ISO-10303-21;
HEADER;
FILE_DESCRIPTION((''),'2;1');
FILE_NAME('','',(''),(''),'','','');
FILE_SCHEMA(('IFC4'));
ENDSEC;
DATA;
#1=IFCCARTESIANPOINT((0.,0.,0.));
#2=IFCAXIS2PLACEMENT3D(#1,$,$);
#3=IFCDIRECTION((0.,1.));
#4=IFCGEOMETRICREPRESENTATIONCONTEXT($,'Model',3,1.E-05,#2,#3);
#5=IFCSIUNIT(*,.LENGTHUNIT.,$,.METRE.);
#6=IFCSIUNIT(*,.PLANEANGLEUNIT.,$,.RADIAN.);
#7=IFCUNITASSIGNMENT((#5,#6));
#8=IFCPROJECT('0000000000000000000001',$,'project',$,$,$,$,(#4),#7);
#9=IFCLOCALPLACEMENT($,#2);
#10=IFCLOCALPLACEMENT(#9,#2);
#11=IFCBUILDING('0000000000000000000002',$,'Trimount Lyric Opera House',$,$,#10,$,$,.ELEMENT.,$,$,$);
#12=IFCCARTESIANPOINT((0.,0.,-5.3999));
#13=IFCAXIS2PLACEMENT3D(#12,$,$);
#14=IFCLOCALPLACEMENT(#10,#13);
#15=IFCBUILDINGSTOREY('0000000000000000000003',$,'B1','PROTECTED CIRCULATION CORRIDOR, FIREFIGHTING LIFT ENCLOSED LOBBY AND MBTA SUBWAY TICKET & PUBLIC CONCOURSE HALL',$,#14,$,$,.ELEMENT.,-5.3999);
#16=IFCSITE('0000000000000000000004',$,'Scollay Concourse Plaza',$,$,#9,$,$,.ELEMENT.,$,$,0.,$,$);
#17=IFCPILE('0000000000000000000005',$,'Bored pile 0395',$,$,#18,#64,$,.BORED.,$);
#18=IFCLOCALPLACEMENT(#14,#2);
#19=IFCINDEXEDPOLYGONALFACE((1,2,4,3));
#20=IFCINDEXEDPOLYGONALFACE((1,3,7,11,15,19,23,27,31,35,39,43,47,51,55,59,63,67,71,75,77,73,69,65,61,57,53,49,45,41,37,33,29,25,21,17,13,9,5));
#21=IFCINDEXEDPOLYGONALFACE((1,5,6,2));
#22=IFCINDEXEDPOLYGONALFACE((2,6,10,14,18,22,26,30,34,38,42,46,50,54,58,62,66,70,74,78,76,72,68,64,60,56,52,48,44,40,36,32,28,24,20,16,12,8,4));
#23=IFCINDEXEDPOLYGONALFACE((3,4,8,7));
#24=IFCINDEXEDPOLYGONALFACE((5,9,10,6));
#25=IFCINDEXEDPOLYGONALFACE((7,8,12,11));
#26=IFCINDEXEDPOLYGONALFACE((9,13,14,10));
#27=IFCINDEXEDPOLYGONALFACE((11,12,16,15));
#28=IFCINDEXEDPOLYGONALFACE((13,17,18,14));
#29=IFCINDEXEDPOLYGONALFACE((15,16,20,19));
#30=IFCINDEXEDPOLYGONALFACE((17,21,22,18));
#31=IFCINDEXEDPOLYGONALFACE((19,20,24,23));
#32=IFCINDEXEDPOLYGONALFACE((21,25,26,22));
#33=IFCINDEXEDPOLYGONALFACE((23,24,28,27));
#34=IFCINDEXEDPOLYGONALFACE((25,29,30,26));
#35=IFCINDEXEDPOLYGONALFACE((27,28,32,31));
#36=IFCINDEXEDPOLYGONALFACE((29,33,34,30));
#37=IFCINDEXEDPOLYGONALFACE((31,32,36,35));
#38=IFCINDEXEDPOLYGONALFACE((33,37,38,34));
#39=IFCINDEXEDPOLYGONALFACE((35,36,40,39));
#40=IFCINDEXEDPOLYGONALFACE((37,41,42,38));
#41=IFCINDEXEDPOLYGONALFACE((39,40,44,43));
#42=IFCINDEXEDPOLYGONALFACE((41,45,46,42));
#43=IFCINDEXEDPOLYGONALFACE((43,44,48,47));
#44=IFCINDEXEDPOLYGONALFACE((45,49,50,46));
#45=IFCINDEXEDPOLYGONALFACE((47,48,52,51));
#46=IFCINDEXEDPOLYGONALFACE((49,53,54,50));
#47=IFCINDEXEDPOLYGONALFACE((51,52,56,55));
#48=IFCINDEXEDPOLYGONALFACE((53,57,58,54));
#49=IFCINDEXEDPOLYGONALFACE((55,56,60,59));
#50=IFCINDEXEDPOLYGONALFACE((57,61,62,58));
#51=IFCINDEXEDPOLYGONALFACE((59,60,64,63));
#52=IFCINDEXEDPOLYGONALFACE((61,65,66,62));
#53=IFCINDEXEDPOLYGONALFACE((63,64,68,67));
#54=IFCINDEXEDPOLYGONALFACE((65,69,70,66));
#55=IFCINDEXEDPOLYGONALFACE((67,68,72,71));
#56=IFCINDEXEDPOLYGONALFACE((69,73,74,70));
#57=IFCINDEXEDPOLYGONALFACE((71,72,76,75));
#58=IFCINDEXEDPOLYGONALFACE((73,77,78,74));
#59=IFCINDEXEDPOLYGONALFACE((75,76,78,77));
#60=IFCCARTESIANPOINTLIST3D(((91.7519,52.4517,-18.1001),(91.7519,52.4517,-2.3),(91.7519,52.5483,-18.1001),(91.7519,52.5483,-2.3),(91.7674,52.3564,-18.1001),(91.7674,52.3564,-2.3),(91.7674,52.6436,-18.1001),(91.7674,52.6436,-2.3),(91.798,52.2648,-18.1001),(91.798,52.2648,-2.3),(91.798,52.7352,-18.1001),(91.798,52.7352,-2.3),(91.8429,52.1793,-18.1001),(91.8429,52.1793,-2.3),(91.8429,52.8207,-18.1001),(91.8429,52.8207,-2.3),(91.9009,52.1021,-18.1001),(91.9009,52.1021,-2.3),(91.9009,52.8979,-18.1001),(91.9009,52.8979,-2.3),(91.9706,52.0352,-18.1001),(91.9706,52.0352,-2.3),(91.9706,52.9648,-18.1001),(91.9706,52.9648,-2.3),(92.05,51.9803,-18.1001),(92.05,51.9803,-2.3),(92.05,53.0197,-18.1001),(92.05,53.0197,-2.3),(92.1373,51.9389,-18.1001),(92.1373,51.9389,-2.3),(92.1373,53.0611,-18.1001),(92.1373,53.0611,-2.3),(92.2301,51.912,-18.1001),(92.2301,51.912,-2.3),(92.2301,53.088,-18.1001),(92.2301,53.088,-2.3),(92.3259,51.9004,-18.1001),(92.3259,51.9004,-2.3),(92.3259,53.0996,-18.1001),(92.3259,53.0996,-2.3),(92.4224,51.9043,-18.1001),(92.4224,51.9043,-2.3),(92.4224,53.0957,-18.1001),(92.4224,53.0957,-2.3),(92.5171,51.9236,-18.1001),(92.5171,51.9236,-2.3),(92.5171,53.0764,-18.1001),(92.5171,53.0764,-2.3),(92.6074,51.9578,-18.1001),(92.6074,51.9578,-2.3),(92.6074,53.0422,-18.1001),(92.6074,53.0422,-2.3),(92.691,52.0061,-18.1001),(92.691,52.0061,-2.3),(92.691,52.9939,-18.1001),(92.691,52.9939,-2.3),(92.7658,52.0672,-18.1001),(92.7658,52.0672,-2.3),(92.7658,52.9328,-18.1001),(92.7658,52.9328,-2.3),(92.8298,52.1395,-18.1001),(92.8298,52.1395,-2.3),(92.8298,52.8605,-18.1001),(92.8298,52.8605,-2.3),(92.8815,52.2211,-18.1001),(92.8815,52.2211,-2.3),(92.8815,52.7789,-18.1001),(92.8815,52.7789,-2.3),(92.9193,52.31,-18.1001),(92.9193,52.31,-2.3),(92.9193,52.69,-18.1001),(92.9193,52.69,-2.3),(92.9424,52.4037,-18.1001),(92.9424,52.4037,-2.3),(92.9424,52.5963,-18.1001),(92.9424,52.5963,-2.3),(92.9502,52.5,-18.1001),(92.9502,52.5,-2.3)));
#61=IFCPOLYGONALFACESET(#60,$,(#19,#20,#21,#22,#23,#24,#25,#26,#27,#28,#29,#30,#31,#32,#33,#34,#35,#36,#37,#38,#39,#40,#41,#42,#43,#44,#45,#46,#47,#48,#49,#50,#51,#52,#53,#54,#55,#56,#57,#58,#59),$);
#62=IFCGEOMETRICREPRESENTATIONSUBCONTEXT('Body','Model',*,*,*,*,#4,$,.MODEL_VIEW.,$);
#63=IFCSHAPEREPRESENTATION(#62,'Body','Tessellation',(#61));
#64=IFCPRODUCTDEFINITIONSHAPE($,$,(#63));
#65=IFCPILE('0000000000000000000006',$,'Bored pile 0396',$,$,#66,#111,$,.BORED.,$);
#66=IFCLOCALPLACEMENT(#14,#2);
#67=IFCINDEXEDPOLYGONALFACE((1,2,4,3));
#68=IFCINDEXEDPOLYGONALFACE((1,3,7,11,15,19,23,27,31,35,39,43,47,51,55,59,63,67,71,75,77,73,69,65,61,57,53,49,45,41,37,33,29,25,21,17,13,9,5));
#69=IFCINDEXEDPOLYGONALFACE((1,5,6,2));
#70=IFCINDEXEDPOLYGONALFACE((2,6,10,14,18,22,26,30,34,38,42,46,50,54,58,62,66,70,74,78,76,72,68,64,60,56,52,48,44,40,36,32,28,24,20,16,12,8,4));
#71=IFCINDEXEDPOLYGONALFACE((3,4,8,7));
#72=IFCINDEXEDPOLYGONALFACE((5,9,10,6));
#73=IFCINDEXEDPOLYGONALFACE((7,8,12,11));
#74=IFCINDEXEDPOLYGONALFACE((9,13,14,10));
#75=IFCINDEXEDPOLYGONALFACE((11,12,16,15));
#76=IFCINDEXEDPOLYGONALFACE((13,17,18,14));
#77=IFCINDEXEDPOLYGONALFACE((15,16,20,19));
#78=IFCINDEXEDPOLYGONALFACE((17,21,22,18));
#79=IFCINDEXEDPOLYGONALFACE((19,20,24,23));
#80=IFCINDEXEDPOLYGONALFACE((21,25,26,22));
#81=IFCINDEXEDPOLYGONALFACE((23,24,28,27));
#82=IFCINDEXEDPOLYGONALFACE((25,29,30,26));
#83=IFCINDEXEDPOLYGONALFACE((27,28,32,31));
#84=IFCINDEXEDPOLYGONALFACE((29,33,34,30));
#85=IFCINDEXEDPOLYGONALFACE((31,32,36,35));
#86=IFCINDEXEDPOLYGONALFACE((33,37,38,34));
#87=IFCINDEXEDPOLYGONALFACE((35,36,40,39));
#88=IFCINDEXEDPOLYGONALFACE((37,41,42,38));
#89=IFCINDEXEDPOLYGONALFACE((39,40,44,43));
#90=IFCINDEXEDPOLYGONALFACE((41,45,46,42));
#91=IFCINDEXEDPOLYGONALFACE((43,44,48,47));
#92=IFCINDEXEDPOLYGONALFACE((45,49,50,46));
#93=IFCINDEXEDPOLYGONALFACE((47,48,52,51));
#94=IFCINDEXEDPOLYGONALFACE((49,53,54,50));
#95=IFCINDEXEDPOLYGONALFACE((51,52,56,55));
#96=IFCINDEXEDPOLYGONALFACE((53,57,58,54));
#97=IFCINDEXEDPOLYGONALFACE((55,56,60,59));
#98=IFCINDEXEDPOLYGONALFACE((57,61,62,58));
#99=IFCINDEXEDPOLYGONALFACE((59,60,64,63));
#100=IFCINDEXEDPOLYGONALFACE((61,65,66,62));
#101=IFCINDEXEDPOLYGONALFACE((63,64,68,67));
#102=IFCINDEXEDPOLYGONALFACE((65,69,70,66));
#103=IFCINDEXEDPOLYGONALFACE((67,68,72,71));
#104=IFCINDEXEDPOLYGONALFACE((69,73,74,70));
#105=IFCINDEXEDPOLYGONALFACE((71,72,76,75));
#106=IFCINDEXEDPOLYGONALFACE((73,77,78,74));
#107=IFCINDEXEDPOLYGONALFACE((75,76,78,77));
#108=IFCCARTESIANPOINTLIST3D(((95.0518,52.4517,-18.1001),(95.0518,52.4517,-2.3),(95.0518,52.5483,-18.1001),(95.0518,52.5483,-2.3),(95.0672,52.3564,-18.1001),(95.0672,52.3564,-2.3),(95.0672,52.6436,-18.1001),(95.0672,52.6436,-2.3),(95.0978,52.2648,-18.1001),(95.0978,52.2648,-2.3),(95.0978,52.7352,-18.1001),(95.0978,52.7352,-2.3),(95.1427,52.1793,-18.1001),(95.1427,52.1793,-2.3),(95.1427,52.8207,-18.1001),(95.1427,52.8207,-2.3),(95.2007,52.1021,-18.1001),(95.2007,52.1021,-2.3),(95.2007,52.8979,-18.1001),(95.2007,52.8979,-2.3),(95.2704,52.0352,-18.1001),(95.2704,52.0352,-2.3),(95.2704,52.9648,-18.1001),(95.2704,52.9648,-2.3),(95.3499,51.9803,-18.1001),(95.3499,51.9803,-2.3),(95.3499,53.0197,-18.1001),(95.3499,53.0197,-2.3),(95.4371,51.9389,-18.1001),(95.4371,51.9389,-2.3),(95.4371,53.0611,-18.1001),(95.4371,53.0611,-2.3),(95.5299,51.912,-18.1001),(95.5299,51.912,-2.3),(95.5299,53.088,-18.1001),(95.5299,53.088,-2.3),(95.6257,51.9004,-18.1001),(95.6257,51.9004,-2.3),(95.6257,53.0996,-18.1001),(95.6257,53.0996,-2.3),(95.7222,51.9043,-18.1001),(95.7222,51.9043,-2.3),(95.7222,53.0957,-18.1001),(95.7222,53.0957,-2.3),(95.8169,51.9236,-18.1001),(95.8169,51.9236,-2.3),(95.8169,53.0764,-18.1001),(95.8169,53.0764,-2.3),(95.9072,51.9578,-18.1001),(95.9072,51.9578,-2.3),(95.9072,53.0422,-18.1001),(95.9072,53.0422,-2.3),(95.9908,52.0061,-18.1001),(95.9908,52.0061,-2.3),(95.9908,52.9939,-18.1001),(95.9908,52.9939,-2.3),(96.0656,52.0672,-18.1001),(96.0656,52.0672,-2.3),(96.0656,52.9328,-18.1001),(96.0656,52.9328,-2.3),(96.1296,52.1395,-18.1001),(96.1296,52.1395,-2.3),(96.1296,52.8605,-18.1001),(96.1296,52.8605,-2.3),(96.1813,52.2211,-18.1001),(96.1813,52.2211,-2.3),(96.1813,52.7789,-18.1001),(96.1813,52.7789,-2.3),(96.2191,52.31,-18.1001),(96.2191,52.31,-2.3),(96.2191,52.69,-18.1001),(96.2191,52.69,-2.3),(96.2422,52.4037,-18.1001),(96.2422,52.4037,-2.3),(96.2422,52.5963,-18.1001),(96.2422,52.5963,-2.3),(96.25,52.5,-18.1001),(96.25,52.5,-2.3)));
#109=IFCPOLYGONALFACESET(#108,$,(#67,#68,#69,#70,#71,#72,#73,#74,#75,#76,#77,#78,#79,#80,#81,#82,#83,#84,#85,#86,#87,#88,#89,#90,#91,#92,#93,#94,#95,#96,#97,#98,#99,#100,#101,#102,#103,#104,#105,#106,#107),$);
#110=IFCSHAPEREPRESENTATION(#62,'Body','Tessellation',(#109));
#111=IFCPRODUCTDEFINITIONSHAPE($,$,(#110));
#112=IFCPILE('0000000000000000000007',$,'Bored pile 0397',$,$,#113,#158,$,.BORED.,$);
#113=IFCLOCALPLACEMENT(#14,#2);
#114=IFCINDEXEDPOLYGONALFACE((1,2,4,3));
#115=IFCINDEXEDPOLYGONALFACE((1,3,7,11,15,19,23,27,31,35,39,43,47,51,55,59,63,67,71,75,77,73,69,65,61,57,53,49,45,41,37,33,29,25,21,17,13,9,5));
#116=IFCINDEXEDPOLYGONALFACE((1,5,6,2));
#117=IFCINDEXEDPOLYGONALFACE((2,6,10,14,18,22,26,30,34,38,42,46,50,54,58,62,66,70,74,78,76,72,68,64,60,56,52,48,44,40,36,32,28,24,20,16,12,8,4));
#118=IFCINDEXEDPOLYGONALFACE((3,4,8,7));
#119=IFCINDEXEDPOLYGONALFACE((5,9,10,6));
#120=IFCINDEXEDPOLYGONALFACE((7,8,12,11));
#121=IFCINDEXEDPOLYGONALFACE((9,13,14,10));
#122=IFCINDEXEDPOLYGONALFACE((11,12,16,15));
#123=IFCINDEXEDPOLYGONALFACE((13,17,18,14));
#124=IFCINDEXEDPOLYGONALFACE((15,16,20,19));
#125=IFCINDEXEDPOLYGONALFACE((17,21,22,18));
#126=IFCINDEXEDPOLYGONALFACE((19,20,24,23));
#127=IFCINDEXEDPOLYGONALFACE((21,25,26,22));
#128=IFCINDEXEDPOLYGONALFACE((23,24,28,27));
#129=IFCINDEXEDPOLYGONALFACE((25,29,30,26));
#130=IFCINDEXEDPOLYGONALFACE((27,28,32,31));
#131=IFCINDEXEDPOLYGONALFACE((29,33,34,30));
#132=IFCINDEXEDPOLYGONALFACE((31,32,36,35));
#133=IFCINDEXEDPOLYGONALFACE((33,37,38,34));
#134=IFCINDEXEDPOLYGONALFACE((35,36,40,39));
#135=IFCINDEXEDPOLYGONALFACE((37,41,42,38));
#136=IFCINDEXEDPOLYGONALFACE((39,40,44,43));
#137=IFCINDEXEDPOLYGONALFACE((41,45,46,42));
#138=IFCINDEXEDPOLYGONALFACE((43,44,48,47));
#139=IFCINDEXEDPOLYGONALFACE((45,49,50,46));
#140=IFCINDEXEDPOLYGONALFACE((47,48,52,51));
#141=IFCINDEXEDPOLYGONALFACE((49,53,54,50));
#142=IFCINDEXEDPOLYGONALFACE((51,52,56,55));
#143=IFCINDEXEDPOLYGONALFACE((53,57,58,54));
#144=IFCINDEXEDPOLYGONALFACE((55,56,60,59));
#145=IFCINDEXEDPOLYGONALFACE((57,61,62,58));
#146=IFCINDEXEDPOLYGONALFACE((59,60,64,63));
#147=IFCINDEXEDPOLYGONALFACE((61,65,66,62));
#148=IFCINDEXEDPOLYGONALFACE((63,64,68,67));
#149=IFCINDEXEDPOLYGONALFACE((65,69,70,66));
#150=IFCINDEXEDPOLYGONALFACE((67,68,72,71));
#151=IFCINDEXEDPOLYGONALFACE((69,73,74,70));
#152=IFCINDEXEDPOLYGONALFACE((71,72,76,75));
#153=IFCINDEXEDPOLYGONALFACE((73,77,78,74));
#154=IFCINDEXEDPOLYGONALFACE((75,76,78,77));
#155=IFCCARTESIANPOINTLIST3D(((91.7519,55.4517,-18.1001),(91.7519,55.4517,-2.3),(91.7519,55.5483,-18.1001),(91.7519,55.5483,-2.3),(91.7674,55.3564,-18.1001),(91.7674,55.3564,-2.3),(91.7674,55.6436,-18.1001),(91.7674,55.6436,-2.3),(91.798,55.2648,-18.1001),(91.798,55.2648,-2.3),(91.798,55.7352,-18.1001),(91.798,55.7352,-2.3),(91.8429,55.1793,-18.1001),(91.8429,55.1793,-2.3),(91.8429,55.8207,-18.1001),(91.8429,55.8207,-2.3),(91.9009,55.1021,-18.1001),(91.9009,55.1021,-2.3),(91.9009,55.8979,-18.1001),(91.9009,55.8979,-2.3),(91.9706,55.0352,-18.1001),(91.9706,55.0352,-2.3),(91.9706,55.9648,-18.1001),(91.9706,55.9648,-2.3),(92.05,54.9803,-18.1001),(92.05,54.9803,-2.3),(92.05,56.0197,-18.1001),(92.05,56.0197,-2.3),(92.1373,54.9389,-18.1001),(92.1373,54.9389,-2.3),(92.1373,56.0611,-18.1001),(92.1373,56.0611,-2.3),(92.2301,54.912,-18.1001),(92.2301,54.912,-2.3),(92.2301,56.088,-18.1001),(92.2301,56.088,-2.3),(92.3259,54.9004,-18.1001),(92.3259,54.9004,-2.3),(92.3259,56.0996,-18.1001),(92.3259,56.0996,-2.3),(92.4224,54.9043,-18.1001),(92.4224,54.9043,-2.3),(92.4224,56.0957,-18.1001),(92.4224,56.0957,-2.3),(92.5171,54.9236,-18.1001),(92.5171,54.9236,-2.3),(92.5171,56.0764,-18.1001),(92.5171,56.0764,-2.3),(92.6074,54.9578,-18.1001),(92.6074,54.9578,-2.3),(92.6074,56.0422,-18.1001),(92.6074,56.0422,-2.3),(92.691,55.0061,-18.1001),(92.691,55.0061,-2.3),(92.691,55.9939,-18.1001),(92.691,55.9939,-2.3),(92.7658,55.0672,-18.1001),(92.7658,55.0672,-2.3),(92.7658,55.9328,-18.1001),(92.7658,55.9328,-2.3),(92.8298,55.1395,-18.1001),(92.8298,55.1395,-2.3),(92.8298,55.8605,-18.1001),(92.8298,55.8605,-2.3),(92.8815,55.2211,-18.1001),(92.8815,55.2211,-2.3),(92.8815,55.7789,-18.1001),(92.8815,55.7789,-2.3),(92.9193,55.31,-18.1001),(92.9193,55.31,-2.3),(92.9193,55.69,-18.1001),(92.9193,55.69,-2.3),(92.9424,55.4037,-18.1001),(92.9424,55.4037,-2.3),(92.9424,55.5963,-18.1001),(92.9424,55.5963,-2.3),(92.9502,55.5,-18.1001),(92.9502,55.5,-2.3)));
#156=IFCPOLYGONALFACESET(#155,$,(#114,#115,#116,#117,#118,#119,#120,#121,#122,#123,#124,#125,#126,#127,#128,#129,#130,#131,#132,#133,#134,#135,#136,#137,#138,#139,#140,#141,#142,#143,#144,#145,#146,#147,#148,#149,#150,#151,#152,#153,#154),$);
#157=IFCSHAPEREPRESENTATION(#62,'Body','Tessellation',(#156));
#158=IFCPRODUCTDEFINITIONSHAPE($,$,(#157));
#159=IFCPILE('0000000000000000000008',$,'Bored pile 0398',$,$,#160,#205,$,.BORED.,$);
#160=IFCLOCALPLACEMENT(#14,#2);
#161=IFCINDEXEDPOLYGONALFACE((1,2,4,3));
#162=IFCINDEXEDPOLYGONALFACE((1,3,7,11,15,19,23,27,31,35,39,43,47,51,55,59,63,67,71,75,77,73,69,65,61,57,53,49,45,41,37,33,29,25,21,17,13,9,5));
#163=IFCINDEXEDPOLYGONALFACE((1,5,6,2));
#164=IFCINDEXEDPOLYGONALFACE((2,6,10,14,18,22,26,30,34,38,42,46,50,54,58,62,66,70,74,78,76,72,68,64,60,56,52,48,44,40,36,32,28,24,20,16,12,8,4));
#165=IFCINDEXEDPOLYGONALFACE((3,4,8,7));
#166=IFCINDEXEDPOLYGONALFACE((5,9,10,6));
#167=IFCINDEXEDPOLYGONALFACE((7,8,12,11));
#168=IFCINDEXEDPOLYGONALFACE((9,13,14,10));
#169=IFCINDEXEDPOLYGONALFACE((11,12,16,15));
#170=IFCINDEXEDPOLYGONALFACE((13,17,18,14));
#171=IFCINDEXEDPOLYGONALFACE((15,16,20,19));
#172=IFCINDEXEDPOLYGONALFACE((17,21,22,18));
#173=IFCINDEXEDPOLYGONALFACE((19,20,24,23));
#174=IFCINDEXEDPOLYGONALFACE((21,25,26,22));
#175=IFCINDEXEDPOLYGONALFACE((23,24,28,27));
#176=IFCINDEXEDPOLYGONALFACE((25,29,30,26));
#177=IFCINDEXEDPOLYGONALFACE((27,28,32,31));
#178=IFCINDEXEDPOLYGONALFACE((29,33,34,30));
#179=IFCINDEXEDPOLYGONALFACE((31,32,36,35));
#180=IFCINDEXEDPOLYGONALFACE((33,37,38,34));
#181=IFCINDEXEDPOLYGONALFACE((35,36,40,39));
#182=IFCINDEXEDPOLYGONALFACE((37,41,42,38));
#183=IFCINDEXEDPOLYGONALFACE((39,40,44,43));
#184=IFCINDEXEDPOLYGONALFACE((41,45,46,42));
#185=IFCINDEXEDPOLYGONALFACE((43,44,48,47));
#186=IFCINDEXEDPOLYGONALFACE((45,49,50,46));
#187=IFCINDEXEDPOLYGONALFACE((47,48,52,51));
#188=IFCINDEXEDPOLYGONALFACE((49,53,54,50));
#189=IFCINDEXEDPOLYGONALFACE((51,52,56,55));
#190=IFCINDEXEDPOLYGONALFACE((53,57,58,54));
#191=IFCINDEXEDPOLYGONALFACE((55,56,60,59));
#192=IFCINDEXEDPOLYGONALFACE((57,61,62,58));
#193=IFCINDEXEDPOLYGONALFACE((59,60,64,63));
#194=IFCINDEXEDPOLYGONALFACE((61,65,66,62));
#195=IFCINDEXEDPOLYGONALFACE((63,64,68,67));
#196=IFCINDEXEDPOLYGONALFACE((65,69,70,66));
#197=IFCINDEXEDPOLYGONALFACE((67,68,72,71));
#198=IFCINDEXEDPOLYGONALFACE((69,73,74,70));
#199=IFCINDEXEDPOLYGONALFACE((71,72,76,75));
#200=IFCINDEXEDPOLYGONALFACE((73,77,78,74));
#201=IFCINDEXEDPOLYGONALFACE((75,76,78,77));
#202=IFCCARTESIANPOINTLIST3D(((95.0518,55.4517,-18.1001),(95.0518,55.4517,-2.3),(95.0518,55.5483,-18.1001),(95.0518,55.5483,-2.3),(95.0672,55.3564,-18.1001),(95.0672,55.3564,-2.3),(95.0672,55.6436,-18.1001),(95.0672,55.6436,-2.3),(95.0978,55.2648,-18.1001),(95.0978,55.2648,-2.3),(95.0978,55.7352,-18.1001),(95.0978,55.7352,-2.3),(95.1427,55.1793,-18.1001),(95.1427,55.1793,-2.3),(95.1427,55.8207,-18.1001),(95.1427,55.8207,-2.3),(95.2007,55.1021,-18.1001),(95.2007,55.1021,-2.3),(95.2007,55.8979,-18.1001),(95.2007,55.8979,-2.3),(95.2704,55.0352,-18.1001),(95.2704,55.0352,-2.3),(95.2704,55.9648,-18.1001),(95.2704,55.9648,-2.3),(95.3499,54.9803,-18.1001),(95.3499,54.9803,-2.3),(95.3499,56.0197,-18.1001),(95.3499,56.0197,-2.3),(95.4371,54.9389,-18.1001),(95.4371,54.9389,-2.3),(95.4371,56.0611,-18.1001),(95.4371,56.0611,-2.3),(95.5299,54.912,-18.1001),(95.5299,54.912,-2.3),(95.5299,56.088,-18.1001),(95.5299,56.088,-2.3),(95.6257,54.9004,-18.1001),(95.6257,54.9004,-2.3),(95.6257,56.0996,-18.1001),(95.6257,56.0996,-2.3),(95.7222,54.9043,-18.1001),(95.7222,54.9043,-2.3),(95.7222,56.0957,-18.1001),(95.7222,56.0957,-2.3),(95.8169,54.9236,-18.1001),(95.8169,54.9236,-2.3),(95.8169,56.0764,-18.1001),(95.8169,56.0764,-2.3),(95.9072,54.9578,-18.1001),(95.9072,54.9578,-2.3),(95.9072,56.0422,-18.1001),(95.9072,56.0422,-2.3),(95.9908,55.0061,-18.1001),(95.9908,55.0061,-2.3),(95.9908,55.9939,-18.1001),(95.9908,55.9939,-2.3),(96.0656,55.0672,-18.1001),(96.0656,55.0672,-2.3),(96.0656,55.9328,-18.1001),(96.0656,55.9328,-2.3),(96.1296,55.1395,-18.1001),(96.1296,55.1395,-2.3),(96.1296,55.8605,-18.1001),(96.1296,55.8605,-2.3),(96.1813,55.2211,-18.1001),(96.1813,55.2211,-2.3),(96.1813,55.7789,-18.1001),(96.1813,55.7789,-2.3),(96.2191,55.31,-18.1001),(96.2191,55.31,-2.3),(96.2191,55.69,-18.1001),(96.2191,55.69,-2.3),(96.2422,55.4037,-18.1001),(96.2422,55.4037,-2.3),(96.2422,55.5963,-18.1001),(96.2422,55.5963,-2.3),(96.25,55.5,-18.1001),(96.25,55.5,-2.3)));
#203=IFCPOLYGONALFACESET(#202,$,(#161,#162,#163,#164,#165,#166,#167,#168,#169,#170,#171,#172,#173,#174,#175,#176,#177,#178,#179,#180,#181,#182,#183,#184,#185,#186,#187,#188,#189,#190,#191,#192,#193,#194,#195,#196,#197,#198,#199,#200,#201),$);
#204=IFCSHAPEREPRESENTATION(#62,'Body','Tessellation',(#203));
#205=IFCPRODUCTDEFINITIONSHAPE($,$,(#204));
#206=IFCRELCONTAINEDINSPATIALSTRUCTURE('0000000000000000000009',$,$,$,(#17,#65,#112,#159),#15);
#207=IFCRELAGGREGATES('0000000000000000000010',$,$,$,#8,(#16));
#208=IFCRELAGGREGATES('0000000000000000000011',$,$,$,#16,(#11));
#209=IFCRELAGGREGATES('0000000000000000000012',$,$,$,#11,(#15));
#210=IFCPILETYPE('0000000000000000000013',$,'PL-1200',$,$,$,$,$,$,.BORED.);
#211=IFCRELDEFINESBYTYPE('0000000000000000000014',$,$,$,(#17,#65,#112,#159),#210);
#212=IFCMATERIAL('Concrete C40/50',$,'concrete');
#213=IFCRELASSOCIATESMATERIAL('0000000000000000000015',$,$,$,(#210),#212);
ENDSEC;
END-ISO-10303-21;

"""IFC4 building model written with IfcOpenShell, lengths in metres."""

from ifc_helpers import new_model, si_unit, direction, frame, origin, origin_2d, place, context, subcontext, project, spatial, circle, extrude, material, material_profile, profile_set, type_object, element, save


model = new_model("IFC4")

# Units and contexts
model_context = context("Model", 3, precision=1e-05, world=origin(), true_north=direction((0.0, 1.0)))
body_context = subcontext(model_context, "Body", "Model", "MODEL_VIEW")
ifc_project = project(units=[si_unit("LENGTHUNIT", "METRE"), si_unit("PLANEANGLEUNIT", "RADIAN")], contexts=[model_context])

# Site, building, storey
site_placement = place(None, origin())
site = spatial("IfcSite", under=ifc_project, at=site_placement, Name="Scollay Concourse Plaza", CompositionType="ELEMENT", RefElevation=0.0)
building_placement = place(site_placement, origin())
building = spatial("IfcBuilding", under=site, at=building_placement, Name="Trimount Lyric Opera House", CompositionType="ELEMENT")
storey_placement = place(building_placement, frame((0.0, 0.0, -5.3999)))
storey = spatial("IfcBuildingStorey", under=building, at=storey_placement, Name="B1", Description="PROTECTED CIRCULATION CORRIDOR, FIREFIGHTING LIFT ENCLOSED LOBBY AND MBTA SUBWAY TICKET & PUBLIC CONCOURSE HALL", CompositionType="ELEMENT", Elevation=-5.3999)

# Piles
ifc_material_1 = material(Name="Concrete C40/50", Category="concrete")
ifc_material_profile_1 = material_profile(ifc_material_1, circle(Radius=0.6001, at=origin_2d()), Name="PILE-D1200")
ifc_profile_set_1 = profile_set([ifc_material_profile_1], Name="Concrete C40/50")
pile_type = type_object("IfcPileType", Name="PL-1200", PredefinedType="BORED", material=ifc_profile_set_1)
for number, where, z_axis, x_axis, name in (
    (1, (92.3501, 52.5, -2.3), (0.0, 0.0, -1.0), (1.0, 0.0, 0.0), "Bored pile 0395"),
    (2, (95.6499, 52.5, -2.3), (0.0, 0.0, -1.0), (1.0, 0.0, 0.0), "Bored pile 0396"),
    (3, (92.3501, 55.5, -2.3), (0.0, 0.0, -1.0), (1.0, 0.0, 0.0), "Bored pile 0397"),
    (4, (95.6499, 55.5, -2.3), (0.0, 0.0, -1.0), (1.0, 0.0, 0.0), "Bored pile 0398"),
):
    element("IfcPile", number, at=place(storey_placement, frame(where, z_axis=z_axis, x_axis=x_axis)), inside=storey, type_object=pile_type, Name=name, PredefinedType="BORED", context=body_context, shape_type="SweptSolid", body=[
        extrude(circle(Radius=0.6001, at=origin_2d()), origin(), (0.0, 0.0, 1.0), 15.8),
    ])

save(model, "model.ifc")
